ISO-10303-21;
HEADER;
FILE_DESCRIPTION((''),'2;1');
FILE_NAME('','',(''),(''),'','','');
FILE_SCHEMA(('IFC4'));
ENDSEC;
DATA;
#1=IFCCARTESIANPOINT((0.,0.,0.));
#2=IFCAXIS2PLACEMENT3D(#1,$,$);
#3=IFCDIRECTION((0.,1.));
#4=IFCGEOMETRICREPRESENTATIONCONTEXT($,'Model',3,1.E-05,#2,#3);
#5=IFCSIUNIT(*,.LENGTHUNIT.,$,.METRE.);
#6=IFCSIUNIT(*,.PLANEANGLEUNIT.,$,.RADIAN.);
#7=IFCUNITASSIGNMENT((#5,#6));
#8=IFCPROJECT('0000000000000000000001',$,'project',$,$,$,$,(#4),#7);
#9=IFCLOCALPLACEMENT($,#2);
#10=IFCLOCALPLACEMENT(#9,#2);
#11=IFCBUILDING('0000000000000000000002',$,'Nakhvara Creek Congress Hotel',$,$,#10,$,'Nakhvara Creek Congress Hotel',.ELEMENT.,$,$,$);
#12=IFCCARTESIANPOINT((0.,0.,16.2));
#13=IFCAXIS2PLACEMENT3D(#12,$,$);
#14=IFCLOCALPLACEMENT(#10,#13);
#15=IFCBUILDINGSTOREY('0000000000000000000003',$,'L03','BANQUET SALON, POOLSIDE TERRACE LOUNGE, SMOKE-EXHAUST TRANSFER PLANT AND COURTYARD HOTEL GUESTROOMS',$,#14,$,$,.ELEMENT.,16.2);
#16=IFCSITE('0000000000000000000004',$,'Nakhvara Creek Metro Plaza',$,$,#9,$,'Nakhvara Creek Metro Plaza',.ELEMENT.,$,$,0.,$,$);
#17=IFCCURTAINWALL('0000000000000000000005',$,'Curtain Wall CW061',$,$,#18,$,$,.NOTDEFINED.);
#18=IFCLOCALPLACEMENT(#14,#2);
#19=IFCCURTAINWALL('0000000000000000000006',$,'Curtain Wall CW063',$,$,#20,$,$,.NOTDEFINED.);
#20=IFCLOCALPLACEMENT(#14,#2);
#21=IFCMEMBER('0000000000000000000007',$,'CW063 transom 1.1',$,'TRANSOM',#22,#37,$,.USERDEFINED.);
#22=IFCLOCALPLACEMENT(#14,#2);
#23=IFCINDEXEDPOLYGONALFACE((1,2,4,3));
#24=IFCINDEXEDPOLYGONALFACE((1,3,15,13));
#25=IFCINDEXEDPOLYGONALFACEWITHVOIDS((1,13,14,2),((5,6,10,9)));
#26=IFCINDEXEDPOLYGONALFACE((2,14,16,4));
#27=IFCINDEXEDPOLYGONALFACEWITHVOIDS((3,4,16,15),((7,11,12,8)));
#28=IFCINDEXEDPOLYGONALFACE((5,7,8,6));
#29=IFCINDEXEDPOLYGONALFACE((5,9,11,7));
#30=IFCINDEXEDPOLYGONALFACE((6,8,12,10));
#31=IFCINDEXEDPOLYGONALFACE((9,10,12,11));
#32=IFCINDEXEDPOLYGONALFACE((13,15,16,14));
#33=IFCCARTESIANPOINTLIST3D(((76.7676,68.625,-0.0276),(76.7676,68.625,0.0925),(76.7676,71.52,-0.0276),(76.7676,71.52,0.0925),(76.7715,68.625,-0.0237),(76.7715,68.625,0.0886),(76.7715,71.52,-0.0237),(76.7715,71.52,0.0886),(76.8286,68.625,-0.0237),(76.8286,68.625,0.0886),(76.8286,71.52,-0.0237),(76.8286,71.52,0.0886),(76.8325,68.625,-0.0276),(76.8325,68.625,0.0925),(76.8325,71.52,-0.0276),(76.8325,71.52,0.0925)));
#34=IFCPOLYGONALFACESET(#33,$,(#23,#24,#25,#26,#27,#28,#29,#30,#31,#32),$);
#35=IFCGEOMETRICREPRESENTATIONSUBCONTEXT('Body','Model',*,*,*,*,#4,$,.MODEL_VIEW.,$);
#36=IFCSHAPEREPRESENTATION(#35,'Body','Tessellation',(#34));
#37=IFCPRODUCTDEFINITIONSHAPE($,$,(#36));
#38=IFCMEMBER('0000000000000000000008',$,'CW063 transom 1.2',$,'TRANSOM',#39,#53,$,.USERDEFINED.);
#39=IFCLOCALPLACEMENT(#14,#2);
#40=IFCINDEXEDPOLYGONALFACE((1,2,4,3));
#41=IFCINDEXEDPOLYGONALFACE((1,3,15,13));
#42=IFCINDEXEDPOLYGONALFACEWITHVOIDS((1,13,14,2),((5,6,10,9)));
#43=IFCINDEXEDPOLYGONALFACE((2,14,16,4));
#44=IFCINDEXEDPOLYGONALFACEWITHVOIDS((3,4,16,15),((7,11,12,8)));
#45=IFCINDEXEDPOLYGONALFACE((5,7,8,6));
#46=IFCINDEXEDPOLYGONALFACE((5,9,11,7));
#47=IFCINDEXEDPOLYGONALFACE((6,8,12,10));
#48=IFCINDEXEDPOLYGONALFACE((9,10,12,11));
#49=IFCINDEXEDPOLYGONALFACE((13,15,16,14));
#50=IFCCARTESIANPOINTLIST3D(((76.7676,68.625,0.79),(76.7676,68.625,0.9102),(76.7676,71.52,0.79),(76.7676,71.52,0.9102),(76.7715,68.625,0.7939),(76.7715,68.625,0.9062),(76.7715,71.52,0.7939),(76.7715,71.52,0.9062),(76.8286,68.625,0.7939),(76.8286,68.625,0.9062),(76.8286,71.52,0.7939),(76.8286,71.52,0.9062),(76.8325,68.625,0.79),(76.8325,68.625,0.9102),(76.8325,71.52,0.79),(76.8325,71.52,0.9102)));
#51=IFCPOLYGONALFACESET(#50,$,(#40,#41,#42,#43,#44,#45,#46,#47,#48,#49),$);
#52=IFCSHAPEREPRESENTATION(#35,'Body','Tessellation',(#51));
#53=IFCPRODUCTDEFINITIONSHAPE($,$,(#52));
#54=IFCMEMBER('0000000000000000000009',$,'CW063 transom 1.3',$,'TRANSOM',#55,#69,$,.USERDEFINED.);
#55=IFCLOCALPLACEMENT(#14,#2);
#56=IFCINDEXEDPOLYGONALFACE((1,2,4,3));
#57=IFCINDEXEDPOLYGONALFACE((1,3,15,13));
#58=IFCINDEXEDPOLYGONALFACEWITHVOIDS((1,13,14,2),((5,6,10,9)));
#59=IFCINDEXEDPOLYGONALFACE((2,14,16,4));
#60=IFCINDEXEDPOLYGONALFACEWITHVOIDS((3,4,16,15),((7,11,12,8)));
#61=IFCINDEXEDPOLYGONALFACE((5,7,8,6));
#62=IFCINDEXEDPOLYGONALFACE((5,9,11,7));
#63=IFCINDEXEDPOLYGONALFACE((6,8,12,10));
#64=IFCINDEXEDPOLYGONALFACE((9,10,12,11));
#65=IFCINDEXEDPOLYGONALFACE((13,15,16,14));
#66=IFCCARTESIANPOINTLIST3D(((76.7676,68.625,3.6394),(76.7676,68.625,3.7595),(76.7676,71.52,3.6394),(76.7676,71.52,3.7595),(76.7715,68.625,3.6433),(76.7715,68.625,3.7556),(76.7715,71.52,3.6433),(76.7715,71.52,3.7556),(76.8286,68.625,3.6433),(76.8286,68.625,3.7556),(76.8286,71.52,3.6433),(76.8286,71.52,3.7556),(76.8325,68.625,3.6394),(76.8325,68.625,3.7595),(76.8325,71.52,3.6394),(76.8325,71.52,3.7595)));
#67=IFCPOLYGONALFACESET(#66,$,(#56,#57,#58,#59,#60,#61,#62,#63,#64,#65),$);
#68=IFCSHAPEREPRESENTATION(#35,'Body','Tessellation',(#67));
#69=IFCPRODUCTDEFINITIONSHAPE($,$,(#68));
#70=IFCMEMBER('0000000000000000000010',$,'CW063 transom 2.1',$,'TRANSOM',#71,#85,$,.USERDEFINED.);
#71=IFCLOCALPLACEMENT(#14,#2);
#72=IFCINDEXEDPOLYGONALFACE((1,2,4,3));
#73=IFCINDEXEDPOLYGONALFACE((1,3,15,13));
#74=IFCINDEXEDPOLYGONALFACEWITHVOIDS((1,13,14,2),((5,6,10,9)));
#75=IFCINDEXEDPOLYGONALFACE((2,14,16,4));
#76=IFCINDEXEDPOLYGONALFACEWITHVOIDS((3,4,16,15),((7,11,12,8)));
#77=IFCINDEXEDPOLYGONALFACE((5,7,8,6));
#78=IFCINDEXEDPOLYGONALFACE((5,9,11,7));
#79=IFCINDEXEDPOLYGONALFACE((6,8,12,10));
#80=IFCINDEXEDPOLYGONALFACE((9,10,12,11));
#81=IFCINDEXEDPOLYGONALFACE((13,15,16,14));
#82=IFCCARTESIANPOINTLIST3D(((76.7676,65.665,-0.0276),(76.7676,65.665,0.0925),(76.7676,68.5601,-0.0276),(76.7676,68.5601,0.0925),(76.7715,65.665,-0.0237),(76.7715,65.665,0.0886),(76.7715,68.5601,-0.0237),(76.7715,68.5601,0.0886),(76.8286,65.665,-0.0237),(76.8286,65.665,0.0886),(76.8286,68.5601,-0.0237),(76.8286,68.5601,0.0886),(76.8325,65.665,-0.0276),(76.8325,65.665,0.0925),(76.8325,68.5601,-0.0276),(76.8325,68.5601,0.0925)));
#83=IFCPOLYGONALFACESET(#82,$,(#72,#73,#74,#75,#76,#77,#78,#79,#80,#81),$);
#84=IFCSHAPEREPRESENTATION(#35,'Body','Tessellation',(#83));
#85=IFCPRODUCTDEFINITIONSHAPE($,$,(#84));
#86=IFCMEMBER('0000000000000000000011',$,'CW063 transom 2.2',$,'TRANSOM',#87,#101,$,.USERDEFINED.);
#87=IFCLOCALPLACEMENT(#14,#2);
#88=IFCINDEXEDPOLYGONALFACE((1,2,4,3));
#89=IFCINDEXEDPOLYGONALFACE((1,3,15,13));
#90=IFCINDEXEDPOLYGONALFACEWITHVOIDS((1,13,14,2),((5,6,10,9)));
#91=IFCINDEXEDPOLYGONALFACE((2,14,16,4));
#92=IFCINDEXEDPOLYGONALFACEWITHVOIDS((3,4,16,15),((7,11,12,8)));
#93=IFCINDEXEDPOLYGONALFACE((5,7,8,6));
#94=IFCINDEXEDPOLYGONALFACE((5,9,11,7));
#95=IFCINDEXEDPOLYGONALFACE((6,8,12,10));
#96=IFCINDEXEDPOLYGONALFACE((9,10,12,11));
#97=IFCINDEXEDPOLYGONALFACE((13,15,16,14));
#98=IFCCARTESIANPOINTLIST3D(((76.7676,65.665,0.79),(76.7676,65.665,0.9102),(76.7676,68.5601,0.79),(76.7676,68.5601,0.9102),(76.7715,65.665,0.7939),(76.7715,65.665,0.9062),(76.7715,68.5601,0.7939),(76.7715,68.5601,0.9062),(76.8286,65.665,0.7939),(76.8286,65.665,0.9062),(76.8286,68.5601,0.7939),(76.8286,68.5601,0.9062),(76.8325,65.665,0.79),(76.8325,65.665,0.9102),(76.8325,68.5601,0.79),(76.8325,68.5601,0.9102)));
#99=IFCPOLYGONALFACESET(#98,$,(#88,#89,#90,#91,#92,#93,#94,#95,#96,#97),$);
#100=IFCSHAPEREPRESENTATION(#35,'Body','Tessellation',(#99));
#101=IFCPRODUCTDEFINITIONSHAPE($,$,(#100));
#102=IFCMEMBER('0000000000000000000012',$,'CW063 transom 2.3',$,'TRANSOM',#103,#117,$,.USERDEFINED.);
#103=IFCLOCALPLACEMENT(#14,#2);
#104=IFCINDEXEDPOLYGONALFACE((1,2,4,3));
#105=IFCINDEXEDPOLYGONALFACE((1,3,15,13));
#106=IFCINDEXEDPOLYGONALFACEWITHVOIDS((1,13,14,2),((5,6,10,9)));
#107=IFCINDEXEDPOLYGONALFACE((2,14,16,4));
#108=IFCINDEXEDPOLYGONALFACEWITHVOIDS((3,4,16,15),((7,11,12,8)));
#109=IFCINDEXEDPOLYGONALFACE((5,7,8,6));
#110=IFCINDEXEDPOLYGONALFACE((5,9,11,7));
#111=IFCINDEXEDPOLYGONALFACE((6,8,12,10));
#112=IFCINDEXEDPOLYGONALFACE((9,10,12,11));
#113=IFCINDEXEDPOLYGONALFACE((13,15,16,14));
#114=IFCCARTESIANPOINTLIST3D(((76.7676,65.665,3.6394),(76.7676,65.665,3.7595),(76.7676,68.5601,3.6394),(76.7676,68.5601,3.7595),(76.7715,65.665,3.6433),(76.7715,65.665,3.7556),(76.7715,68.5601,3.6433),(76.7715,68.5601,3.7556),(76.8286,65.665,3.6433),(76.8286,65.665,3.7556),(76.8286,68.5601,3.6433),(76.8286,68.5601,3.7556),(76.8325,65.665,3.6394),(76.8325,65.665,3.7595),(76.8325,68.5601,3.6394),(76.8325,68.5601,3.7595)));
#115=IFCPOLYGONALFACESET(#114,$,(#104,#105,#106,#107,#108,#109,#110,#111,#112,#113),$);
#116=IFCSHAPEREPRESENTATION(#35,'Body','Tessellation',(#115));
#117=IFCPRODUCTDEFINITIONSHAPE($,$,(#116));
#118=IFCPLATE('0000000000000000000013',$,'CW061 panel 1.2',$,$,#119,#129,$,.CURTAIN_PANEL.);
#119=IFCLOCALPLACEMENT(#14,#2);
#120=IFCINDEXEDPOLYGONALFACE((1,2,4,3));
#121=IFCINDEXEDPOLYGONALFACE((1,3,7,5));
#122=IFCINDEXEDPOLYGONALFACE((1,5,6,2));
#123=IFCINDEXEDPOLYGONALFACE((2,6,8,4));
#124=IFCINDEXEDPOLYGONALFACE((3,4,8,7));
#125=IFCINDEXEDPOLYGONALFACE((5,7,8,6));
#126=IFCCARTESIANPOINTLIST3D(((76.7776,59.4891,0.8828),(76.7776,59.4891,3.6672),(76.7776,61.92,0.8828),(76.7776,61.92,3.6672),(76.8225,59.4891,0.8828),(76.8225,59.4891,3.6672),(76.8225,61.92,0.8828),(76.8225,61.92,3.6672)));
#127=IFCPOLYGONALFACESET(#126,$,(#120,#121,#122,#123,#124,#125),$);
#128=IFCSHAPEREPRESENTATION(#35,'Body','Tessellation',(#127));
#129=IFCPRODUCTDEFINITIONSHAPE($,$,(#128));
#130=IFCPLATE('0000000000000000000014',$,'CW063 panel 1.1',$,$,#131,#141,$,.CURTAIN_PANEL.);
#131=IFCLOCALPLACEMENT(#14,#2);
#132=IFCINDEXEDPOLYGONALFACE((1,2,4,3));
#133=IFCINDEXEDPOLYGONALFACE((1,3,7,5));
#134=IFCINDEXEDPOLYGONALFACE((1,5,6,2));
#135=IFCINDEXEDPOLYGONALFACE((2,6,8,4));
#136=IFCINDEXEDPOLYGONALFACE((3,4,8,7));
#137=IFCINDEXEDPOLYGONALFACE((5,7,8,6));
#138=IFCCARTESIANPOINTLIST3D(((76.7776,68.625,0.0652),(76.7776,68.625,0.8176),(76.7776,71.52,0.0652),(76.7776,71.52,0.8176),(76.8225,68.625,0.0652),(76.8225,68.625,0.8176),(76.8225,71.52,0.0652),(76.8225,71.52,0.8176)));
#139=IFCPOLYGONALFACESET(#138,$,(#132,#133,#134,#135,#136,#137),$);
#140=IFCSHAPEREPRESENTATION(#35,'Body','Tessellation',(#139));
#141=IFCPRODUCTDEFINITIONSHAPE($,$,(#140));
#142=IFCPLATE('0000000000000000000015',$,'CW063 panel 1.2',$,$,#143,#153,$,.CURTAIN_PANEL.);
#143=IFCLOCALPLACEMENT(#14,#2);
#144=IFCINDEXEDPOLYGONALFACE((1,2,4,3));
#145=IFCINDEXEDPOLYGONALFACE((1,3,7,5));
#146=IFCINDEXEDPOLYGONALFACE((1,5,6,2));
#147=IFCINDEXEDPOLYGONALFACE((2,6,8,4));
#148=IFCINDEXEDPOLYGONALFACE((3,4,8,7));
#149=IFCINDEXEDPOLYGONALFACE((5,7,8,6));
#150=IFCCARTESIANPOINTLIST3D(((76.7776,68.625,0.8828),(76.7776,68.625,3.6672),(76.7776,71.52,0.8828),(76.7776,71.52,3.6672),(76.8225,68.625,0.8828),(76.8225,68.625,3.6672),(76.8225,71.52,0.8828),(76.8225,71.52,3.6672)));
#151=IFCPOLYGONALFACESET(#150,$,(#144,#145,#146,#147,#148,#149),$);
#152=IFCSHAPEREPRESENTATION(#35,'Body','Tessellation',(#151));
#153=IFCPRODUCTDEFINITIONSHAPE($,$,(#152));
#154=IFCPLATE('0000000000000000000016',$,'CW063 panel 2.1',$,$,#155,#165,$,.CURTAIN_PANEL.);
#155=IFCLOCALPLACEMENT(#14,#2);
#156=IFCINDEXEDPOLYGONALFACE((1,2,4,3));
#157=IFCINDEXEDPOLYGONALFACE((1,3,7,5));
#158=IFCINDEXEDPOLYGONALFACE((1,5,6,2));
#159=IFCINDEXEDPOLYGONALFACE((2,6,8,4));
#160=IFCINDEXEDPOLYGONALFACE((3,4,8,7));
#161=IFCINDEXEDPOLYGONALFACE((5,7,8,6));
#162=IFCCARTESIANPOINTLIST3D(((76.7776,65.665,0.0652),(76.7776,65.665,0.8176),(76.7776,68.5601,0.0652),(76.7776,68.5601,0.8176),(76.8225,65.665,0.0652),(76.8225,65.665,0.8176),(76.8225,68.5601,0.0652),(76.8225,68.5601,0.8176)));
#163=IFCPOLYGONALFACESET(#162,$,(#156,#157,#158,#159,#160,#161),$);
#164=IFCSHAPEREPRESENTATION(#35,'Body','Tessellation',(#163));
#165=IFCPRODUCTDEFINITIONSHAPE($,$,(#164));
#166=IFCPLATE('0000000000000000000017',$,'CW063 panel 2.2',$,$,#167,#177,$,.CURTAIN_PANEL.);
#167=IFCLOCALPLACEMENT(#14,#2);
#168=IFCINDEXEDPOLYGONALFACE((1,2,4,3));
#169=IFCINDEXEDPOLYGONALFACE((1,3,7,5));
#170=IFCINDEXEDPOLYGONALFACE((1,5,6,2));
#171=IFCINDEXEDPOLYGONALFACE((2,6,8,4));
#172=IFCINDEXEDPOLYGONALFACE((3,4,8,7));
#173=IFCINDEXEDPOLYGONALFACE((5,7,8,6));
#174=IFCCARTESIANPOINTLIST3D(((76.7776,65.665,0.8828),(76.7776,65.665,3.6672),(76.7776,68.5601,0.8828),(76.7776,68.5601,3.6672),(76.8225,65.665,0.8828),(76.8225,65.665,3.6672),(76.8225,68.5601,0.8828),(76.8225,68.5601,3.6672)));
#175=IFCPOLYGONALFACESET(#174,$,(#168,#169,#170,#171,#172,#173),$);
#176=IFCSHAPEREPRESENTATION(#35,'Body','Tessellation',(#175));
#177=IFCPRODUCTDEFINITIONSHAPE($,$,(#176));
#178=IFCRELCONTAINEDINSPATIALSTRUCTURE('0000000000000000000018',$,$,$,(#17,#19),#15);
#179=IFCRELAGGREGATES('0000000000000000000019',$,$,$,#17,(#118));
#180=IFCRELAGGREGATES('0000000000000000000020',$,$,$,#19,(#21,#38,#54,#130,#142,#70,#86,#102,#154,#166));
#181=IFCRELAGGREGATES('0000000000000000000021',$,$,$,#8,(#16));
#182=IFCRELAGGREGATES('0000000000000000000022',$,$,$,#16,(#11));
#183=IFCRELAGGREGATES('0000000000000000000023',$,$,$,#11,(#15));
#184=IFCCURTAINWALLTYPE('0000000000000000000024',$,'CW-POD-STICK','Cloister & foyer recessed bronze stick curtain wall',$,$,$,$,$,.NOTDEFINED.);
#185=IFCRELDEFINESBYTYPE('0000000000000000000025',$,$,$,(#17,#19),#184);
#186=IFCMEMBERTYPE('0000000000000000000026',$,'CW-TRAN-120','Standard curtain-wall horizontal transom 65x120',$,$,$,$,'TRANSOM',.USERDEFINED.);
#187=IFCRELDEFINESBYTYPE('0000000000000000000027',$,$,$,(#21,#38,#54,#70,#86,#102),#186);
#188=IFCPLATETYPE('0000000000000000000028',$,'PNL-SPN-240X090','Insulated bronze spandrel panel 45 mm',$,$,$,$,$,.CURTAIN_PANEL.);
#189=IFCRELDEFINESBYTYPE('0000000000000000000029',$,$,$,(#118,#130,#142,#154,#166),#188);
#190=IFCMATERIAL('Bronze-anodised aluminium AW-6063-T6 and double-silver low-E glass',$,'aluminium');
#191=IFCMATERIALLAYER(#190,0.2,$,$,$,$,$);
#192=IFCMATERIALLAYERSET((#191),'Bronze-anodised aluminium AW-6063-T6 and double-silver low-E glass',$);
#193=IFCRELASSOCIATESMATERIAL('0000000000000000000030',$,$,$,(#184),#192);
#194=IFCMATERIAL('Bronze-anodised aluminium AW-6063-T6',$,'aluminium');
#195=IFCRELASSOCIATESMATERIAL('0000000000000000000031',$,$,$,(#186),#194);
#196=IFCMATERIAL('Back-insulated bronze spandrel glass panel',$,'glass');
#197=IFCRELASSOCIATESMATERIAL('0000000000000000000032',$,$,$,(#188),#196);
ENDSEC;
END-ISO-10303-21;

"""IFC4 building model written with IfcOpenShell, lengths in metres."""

from ifc_helpers import new_model, si_unit, direction, frame, origin, origin_2d, place, context, subcontext, project, spatial, rectangle, hollow_rectangle, extrude, material, layer, layer_set, material_profile, profile_set, type_object, element, aggregate, save


model = new_model("IFC4")

# Units and contexts
model_context = context("Model", 3, precision=1e-05, world=origin(), true_north=direction((0.0, 1.0)))
body_context = subcontext(model_context, "Body", "Model", "MODEL_VIEW")
ifc_project = project(units=[si_unit("LENGTHUNIT", "METRE"), si_unit("PLANEANGLEUNIT", "RADIAN")], contexts=[model_context])

# Site, building, storey
site_placement = place(None, origin())
site = spatial("IfcSite", under=ifc_project, at=site_placement, Name="Nakhvara Creek Metro Plaza", LongName="Nakhvara Creek Metro Plaza", CompositionType="ELEMENT", RefElevation=0.0)
building_placement = place(site_placement, origin())
building = spatial("IfcBuilding", under=site, at=building_placement, Name="Nakhvara Creek Congress Hotel", LongName="Nakhvara Creek Congress Hotel", CompositionType="ELEMENT")
storey_placement = place(building_placement, frame((0.0, 0.0, 16.2)))
storey = spatial("IfcBuildingStorey", under=building, at=storey_placement, Name="L03", Description="BANQUET SALON, POOLSIDE TERRACE LOUNGE, SMOKE-EXHAUST TRANSFER PLANT AND COURTYARD HOTEL GUESTROOMS", CompositionType="ELEMENT", Elevation=16.2)

# Curtain wall
ifc_material_1 = material(Name="Bronze-anodised aluminium AW-6063-T6 and double-silver low-E glass", Category="aluminium")
ifc_layer = layer(ifc_material_1, 0.2)
ifc_layer_set = layer_set([ifc_layer], Name="Bronze-anodised aluminium AW-6063-T6 and double-silver low-E glass")
curtain_wall_type = type_object("IfcCurtainWallType", Name="CW-POD-STICK", Description="Cloister & foyer recessed bronze stick curtain wall", PredefinedType="NOTDEFINED", material=ifc_layer_set)
curtain_wall_1_placement = place(storey_placement, origin())
curtain_wall_1 = element("IfcCurtainWall", 1, at=curtain_wall_1_placement, inside=storey, type_object=curtain_wall_type, Name="Curtain Wall CW061", PredefinedType="NOTDEFINED")
ifc_material_2 = material(Name="Bronze-anodised aluminium AW-6063-T6", Category="aluminium")

# Curtain wall
curtain_wall_2_placement = place(storey_placement, origin())
curtain_wall_2 = element("IfcCurtainWall", 2, at=curtain_wall_2_placement, inside=storey, type_object=curtain_wall_type, Name="Curtain Wall CW063", PredefinedType="NOTDEFINED")

# Members
ifc_material_profile_1 = material_profile(ifc_material_2, hollow_rectangle(XDim=0.0649, YDim=0.1201, WallThickness=0.0039, at=origin_2d()), Name="ALU-TRAN 65x120x4", Category="LoadBearing")
ifc_profile_set_1 = profile_set([ifc_material_profile_1], Name="Bronze-anodised aluminium AW-6063-T6")
member_type_1 = type_object("IfcMemberType", Name="CW-TRAN-120", Description="Standard curtain-wall horizontal transom 65x120", ElementType="TRANSOM", PredefinedType="USERDEFINED", material=ifc_profile_set_1)
member_1_placement = place(storey_placement, frame((76.8, 71.52, 0.0325), z_axis=(0.0, -1.0, 0.0), x_axis=(1.0, 0.0, 0.0)))
member_1 = element("IfcMember", 3, at=member_1_placement, type_object=member_type_1, Name="CW063 transom 1.1", ObjectType="TRANSOM", PredefinedType="USERDEFINED", context=body_context, shape_type="SweptSolid", body=[
    extrude(hollow_rectangle(XDim=0.0649, YDim=0.1201, WallThickness=0.0039, at=origin_2d()), origin(), (0.0, 0.0, 1.0), 2.895),
])
member_2_placement = place(storey_placement, frame((76.8, 71.52, 0.8501), z_axis=(0.0, -1.0, 0.0), x_axis=(1.0, 0.0, 0.0)))
member_2 = element("IfcMember", 4, at=member_2_placement, type_object=member_type_1, Name="CW063 transom 1.2", ObjectType="TRANSOM", PredefinedType="USERDEFINED", context=body_context, shape_type="SweptSolid", body=[
    extrude(hollow_rectangle(XDim=0.0649, YDim=0.1201, WallThickness=0.0039, at=origin_2d()), origin(), (0.0, 0.0, 1.0), 2.895),
])
member_3_placement = place(storey_placement, frame((76.8, 71.52, 3.6995), z_axis=(0.0, -1.0, 0.0), x_axis=(1.0, 0.0, 0.0)))
member_3 = element("IfcMember", 5, at=member_3_placement, type_object=member_type_1, Name="CW063 transom 1.3", ObjectType="TRANSOM", PredefinedType="USERDEFINED", context=body_context, shape_type="SweptSolid", body=[
    extrude(hollow_rectangle(XDim=0.0649, YDim=0.1201, WallThickness=0.0039, at=origin_2d()), origin(), (0.0, 0.0, 1.0), 2.895),
])
member_4_placement = place(storey_placement, frame((76.8, 68.5601, 0.0325), z_axis=(0.0, -1.0, 0.0), x_axis=(1.0, 0.0, 0.0)))
member_4 = element("IfcMember", 6, at=member_4_placement, type_object=member_type_1, Name="CW063 transom 2.1", ObjectType="TRANSOM", PredefinedType="USERDEFINED", context=body_context, shape_type="SweptSolid", body=[
    extrude(hollow_rectangle(XDim=0.0649, YDim=0.1201, WallThickness=0.0039, at=origin_2d()), origin(), (0.0, 0.0, 1.0), 2.895),
])
member_5_placement = place(storey_placement, frame((76.8, 68.5601, 0.8501), z_axis=(0.0, -1.0, 0.0), x_axis=(1.0, 0.0, 0.0)))
member_5 = element("IfcMember", 7, at=member_5_placement, type_object=member_type_1, Name="CW063 transom 2.2", ObjectType="TRANSOM", PredefinedType="USERDEFINED", context=body_context, shape_type="SweptSolid", body=[
    extrude(hollow_rectangle(XDim=0.0649, YDim=0.1201, WallThickness=0.0039, at=origin_2d()), origin(), (0.0, 0.0, 1.0), 2.895),
])
member_6_placement = place(storey_placement, frame((76.8, 68.5601, 3.6995), z_axis=(0.0, -1.0, 0.0), x_axis=(1.0, 0.0, 0.0)))
member_6 = element("IfcMember", 8, at=member_6_placement, type_object=member_type_1, Name="CW063 transom 2.3", ObjectType="TRANSOM", PredefinedType="USERDEFINED", context=body_context, shape_type="SweptSolid", body=[
    extrude(hollow_rectangle(XDim=0.0649, YDim=0.1201, WallThickness=0.0039, at=origin_2d()), origin(), (0.0, 0.0, 1.0), 2.895),
])

# Plates
ifc_material_3 = material(Name="Back-insulated bronze spandrel glass panel", Category="glass")
plate_type = type_object("IfcPlateType", Name="PNL-SPN-240X090", Description="Insulated bronze spandrel panel 45 mm", PredefinedType="CURTAIN_PANEL", material=ifc_material_3)
plate_1_placement = place(storey_placement, frame((76.8, 60.7046, 0.8828), z_axis=(0.0, 0.0, 1.0), x_axis=(0.0, -1.0, 0.0)))
plate_1 = element("IfcPlate", 9, at=plate_1_placement, type_object=plate_type, Name="CW061 panel 1.2", PredefinedType="CURTAIN_PANEL", context=body_context, shape_type="SweptSolid", body=[
    extrude(rectangle(XDim=2.4309, YDim=0.0449, at=origin_2d()), origin(), (0.0, 0.0, 1.0), 2.7844),
])
aggregate(curtain_wall_1, [plate_1])
plate_2_placement = place(storey_placement, frame((76.8, 70.0725, 0.0652), z_axis=(0.0, 0.0, 1.0), x_axis=(0.0, -1.0, 0.0)))
plate_2 = element("IfcPlate", 10, at=plate_2_placement, type_object=plate_type, Name="CW063 panel 1.1", PredefinedType="CURTAIN_PANEL", context=body_context, shape_type="SweptSolid", body=[
    extrude(rectangle(XDim=2.895, YDim=0.0449, at=origin_2d()), origin(), (0.0, 0.0, 1.0), 0.7524),
])
plate_3_placement = place(storey_placement, frame((76.8, 70.0725, 0.8828), z_axis=(0.0, 0.0, 1.0), x_axis=(0.0, -1.0, 0.0)))
plate_3 = element("IfcPlate", 11, at=plate_3_placement, type_object=plate_type, Name="CW063 panel 1.2", PredefinedType="CURTAIN_PANEL", context=body_context, shape_type="SweptSolid", body=[
    extrude(rectangle(XDim=2.895, YDim=0.0449, at=origin_2d()), origin(), (0.0, 0.0, 1.0), 2.7844),
])
plate_4_placement = place(storey_placement, frame((76.8, 67.1125, 0.0652), z_axis=(0.0, 0.0, 1.0), x_axis=(0.0, -1.0, 0.0)))
plate_4 = element("IfcPlate", 12, at=plate_4_placement, type_object=plate_type, Name="CW063 panel 2.1", PredefinedType="CURTAIN_PANEL", context=body_context, shape_type="SweptSolid", body=[
    extrude(rectangle(XDim=2.895, YDim=0.0449, at=origin_2d()), origin(), (0.0, 0.0, 1.0), 0.7524),
])
plate_5_placement = place(storey_placement, frame((76.8, 67.1125, 0.8828), z_axis=(0.0, 0.0, 1.0), x_axis=(0.0, -1.0, 0.0)))
plate_5 = element("IfcPlate", 13, at=plate_5_placement, type_object=plate_type, Name="CW063 panel 2.2", PredefinedType="CURTAIN_PANEL", context=body_context, shape_type="SweptSolid", body=[
    extrude(rectangle(XDim=2.895, YDim=0.0449, at=origin_2d()), origin(), (0.0, 0.0, 1.0), 2.7844),
])
aggregate(curtain_wall_2, [member_1, member_2, member_3, plate_2, plate_3, member_4, member_5, member_6, plate_4, plate_5])

save(model, "model.ifc")
